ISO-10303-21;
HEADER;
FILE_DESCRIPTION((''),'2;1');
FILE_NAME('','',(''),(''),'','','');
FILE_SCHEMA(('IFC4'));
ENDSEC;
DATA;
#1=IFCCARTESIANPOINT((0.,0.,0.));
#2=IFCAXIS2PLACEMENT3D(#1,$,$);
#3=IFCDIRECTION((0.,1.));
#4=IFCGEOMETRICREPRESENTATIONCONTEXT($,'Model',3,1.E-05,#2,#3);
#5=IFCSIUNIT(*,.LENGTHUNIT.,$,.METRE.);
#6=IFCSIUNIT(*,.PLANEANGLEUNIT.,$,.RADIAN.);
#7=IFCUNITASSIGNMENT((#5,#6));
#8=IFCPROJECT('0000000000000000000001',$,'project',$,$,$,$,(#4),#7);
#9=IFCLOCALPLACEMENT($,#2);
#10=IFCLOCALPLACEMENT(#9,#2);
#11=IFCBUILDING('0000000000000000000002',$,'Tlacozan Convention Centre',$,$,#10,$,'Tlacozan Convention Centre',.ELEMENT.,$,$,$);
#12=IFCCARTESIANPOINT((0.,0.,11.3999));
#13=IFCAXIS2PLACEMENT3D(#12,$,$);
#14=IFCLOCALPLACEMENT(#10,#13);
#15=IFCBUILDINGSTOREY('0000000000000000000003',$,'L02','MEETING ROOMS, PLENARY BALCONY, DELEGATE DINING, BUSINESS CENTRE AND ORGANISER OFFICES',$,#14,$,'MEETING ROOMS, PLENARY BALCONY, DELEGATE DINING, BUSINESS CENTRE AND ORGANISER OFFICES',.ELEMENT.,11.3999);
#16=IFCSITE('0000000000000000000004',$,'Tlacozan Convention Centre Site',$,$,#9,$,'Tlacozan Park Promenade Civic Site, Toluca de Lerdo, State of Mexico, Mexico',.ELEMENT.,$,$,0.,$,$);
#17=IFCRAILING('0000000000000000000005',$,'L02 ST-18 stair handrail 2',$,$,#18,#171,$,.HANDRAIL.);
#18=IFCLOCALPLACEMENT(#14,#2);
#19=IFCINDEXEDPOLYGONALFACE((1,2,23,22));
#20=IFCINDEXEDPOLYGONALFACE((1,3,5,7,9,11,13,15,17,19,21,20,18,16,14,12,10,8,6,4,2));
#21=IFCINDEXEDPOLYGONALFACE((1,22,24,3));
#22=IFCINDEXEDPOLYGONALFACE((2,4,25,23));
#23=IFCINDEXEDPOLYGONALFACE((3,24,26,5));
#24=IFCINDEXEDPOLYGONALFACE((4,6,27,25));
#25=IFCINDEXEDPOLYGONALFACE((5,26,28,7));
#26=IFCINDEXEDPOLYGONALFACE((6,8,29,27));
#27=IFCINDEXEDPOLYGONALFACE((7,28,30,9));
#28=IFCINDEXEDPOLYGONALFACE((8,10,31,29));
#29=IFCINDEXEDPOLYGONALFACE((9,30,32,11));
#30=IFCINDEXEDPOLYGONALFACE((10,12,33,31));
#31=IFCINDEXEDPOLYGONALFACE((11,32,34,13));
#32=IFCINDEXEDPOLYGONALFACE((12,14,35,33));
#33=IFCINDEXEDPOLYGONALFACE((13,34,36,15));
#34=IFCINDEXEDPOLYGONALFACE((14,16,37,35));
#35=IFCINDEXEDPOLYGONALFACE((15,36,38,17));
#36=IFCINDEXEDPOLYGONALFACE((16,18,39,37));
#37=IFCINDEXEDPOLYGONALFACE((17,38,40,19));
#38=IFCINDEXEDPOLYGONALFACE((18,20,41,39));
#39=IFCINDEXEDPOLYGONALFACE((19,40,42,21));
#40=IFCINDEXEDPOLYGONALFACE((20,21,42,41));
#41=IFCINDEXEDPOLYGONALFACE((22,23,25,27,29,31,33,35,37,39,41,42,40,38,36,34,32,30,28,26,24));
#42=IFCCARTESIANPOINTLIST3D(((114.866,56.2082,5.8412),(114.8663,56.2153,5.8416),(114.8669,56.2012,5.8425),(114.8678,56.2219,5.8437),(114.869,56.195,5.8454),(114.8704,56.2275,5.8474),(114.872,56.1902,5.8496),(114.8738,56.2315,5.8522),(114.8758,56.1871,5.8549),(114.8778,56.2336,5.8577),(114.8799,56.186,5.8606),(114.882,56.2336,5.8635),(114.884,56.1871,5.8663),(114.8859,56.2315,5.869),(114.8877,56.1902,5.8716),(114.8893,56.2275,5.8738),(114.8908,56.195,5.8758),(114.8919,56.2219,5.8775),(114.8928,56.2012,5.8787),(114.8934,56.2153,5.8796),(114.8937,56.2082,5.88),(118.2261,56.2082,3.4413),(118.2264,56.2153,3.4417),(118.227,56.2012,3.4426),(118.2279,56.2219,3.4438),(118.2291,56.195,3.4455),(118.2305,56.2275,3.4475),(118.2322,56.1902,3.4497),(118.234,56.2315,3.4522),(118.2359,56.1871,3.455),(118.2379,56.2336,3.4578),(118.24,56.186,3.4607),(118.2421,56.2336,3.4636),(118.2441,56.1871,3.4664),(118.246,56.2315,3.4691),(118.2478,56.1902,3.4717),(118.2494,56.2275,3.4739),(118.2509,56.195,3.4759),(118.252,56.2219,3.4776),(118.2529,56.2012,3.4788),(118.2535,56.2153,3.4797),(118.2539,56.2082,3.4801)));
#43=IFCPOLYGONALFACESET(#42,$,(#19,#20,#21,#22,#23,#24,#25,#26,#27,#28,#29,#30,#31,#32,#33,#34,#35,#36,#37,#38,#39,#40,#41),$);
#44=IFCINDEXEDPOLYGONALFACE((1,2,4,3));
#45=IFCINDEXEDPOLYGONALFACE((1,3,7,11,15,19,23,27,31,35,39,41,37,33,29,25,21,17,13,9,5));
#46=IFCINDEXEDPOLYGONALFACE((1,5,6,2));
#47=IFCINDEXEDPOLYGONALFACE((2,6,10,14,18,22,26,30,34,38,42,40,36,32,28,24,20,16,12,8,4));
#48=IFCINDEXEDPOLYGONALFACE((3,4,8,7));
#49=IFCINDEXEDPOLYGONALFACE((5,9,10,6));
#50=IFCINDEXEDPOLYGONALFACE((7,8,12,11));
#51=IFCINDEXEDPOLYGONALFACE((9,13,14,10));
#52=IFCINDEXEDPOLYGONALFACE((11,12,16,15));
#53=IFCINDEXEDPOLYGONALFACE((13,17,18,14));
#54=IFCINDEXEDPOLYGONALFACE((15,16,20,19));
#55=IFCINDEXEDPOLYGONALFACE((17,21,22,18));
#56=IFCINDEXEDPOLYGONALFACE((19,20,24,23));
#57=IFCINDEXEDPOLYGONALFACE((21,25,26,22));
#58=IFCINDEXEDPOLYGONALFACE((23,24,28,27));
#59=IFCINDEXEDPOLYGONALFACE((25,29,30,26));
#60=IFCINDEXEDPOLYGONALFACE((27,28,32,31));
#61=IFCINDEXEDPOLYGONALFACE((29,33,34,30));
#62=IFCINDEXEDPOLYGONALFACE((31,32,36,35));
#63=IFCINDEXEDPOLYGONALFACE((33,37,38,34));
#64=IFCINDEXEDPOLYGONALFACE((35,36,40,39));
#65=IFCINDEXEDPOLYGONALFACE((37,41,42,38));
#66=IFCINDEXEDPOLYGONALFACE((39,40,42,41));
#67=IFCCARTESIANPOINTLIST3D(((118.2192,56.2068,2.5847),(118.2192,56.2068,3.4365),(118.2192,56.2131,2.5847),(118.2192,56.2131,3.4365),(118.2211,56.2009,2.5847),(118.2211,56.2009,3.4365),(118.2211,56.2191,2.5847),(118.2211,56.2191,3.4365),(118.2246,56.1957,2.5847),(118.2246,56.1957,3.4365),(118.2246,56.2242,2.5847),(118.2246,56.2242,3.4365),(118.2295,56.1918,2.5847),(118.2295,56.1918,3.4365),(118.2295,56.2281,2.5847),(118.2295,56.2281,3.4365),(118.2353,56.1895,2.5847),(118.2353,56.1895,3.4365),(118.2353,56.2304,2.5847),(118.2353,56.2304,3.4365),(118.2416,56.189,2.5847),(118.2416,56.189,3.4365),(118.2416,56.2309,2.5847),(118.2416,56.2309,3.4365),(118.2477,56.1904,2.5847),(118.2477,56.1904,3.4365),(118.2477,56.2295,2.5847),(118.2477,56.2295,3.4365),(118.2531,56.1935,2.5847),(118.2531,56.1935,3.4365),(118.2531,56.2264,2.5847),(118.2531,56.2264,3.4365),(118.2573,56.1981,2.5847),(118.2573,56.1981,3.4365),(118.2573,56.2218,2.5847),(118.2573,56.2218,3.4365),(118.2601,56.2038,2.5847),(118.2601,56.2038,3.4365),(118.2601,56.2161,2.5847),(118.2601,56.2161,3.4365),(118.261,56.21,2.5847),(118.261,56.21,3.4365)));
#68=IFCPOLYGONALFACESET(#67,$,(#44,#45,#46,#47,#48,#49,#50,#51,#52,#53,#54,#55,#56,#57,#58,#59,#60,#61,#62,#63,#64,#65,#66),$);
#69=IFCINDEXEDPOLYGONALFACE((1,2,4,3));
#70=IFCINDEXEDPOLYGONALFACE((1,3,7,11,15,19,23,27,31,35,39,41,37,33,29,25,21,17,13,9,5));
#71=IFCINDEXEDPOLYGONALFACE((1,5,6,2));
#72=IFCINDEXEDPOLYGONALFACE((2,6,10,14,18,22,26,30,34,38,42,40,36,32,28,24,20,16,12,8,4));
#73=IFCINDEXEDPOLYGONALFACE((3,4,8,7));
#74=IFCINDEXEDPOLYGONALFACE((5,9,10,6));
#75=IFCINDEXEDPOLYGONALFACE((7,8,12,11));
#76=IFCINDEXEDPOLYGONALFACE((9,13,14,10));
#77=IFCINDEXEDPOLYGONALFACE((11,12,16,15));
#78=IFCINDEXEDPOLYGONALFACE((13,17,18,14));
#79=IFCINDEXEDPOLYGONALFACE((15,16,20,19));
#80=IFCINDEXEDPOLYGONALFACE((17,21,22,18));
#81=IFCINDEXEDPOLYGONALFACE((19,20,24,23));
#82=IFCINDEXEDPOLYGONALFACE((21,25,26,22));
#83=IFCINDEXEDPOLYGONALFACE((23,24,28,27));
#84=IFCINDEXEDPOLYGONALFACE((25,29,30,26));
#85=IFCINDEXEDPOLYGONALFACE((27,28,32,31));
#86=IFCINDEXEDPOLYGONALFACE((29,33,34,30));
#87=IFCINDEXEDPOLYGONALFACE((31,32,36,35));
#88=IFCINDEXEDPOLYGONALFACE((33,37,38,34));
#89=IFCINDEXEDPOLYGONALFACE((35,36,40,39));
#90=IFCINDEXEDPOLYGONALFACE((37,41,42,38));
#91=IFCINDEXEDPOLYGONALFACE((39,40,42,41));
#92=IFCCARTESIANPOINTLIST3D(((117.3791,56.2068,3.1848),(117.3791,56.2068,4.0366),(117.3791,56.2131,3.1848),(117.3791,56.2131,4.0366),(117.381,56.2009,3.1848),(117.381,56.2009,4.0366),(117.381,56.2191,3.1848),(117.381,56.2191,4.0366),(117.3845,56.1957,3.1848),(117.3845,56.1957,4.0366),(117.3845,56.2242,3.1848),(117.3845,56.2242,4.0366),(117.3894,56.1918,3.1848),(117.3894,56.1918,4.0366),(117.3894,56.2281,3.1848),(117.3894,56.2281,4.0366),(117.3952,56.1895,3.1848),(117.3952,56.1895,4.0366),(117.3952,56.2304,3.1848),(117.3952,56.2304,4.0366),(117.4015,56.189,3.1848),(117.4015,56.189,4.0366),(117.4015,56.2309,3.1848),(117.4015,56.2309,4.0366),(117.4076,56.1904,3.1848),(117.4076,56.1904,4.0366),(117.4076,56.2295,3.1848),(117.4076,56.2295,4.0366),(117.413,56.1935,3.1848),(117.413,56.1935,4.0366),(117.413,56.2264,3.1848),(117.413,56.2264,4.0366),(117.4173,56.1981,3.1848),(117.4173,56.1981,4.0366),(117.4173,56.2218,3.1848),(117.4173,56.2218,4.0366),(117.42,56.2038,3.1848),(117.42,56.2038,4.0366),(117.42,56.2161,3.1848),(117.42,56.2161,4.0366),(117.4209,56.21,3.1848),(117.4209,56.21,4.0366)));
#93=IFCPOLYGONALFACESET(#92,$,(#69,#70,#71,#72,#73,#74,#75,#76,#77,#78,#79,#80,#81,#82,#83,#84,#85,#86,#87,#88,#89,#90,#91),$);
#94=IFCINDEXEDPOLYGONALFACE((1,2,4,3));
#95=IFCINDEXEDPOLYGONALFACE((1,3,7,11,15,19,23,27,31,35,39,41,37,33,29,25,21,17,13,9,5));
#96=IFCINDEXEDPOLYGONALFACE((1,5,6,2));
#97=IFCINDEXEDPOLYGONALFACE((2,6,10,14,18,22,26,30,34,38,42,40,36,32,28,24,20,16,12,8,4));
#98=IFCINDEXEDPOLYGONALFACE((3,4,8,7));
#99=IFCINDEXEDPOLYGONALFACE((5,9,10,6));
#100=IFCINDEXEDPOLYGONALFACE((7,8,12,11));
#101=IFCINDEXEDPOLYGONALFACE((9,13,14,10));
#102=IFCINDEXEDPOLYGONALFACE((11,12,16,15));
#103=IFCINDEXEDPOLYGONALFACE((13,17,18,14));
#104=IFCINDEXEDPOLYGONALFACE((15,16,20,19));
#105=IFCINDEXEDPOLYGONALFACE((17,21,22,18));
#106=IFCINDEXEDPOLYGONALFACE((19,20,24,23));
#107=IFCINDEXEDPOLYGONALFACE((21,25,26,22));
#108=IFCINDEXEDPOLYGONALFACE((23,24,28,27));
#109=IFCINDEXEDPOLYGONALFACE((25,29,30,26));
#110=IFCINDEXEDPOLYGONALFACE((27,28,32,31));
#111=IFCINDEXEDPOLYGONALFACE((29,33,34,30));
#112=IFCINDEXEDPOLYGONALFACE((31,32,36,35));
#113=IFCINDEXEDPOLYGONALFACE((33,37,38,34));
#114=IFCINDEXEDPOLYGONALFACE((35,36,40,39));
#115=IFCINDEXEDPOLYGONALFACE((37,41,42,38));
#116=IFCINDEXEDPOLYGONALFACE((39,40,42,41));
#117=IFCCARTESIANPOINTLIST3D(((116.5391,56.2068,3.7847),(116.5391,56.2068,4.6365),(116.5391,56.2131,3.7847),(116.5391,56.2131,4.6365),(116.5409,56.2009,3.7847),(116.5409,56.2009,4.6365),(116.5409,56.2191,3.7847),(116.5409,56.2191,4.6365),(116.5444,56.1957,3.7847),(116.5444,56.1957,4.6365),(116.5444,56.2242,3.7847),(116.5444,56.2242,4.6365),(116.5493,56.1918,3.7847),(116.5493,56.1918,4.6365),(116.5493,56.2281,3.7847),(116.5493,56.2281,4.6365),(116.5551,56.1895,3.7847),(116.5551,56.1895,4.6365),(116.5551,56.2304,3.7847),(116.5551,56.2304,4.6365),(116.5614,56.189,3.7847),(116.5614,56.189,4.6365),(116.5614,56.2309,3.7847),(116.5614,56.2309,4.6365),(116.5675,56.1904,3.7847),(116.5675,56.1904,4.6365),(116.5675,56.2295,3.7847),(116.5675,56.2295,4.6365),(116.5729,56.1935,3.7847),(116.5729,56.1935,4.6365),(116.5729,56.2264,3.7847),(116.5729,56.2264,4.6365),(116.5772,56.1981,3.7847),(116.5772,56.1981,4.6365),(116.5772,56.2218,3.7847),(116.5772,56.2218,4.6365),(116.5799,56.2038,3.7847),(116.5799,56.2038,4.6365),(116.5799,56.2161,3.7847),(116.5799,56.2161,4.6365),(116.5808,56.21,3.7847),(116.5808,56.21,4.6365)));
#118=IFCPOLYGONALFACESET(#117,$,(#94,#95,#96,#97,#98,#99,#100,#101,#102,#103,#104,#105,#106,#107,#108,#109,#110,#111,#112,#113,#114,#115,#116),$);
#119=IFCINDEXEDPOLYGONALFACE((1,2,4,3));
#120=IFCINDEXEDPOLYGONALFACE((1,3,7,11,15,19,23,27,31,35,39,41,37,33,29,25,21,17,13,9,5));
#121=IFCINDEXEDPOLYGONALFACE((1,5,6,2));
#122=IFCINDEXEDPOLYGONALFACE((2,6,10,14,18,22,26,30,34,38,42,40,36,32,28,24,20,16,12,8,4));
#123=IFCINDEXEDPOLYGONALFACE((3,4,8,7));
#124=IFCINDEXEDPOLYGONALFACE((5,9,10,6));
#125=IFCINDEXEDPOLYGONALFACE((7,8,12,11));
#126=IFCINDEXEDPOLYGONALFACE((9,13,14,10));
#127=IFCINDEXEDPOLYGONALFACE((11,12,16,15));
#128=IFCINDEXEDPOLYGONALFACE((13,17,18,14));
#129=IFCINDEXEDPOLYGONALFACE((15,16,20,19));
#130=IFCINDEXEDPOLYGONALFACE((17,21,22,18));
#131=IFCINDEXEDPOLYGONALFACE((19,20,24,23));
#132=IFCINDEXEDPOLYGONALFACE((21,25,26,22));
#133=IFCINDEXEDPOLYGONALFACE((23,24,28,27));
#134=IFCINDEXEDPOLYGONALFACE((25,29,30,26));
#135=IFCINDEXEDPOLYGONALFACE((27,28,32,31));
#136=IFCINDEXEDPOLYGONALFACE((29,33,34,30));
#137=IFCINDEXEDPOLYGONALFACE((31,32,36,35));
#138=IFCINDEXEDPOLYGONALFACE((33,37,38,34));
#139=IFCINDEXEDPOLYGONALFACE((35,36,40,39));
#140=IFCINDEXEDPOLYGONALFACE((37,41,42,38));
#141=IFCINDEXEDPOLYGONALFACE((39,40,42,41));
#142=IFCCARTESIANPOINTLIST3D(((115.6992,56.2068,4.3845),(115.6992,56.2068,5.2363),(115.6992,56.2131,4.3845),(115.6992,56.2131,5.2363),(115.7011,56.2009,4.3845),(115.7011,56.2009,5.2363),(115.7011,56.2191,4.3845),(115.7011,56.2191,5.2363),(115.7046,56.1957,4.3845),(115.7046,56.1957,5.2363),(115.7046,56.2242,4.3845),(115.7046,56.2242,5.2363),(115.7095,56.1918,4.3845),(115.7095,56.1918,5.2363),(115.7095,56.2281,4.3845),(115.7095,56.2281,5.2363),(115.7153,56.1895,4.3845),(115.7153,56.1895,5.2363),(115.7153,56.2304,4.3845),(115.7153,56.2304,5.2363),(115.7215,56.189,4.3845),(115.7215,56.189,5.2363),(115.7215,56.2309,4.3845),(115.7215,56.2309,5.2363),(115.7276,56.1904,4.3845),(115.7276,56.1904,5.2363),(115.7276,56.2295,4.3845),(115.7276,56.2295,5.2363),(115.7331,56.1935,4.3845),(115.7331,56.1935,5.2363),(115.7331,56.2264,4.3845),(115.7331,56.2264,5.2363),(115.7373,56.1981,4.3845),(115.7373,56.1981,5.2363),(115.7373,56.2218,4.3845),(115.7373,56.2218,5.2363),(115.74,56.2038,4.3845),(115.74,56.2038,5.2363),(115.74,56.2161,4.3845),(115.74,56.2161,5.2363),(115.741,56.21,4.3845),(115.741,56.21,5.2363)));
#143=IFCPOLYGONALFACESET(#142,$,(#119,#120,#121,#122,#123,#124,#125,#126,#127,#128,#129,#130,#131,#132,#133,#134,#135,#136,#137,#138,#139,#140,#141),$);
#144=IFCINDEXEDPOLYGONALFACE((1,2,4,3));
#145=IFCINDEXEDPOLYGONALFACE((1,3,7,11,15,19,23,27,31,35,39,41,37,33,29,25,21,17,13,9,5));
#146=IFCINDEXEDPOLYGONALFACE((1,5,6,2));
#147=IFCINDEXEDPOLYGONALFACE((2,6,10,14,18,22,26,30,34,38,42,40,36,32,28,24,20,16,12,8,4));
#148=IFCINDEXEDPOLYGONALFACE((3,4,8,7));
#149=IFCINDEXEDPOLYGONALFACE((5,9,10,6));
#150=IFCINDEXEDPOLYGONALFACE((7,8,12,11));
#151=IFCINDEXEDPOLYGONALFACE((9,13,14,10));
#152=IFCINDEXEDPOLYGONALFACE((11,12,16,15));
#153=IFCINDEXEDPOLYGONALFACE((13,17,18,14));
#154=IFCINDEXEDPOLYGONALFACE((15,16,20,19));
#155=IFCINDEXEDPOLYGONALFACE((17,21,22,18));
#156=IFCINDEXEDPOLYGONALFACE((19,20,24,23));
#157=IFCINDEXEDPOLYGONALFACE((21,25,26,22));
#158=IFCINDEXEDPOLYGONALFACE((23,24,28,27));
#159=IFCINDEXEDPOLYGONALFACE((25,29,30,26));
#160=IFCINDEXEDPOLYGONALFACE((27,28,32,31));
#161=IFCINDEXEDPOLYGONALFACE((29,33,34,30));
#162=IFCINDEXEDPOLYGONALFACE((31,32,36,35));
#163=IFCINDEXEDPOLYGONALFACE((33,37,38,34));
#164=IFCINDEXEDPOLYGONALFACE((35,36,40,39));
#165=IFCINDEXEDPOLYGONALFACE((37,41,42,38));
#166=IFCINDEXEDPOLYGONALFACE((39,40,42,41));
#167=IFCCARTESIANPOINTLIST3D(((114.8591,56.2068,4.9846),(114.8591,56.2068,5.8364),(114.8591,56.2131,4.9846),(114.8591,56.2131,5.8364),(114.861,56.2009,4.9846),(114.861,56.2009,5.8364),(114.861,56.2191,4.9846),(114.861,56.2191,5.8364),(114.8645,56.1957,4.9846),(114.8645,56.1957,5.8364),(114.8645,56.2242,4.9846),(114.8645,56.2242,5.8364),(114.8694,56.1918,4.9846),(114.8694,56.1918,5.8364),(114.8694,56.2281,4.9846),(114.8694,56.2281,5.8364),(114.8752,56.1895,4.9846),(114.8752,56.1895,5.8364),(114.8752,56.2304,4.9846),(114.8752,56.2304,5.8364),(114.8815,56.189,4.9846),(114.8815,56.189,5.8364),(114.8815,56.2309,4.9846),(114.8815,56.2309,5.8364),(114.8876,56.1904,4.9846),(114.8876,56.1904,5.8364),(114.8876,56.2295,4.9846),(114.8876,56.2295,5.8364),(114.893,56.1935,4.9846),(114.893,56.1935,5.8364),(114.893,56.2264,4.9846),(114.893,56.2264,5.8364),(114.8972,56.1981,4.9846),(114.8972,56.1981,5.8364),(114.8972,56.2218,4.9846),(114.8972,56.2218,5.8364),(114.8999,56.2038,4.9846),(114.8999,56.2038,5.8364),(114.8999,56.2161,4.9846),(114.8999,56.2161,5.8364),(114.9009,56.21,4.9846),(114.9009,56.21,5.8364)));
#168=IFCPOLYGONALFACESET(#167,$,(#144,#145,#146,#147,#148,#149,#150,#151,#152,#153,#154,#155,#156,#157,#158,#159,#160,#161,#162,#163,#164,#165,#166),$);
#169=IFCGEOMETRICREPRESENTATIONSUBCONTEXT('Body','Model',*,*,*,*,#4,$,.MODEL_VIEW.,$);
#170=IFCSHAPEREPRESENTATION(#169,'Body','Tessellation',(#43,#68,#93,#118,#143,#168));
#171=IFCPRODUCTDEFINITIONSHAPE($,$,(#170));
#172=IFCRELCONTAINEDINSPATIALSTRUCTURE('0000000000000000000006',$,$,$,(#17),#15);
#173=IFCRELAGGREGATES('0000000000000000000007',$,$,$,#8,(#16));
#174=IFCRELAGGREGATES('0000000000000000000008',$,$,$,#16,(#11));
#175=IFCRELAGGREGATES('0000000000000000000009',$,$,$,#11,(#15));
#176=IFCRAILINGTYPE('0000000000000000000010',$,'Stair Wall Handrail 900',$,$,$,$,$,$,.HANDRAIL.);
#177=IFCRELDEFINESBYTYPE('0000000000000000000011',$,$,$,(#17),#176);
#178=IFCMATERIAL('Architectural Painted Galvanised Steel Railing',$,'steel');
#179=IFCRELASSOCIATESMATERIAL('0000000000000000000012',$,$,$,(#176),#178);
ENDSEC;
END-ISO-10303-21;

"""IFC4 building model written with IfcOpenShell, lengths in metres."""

from ifc_helpers import new_model, si_unit, direction, frame, origin, origin_2d, place, context, subcontext, project, spatial, circle, extrude, material, type_object, element, save


model = new_model("IFC4")

# Units and contexts
model_context = context("Model", 3, precision=1e-05, world=origin(), true_north=direction((0.0, 1.0)))
body_context = subcontext(model_context, "Body", "Model", "MODEL_VIEW")
ifc_project = project(units=[si_unit("LENGTHUNIT", "METRE"), si_unit("PLANEANGLEUNIT", "RADIAN")], contexts=[model_context])

# Site, building, storey
site_placement = place(None, origin())
site = spatial("IfcSite", under=ifc_project, at=site_placement, Name="Tlacozan Convention Centre Site", LongName="Tlacozan Park Promenade Civic Site, Toluca de Lerdo, State of Mexico, Mexico", CompositionType="ELEMENT", RefElevation=0.0)
building_placement = place(site_placement, origin())
building = spatial("IfcBuilding", under=site, at=building_placement, Name="Tlacozan Convention Centre", LongName="Tlacozan Convention Centre", CompositionType="ELEMENT")
storey_placement = place(building_placement, frame((0.0, 0.0, 11.3999)))
storey = spatial("IfcBuildingStorey", under=building, at=storey_placement, Name="L02", Description="MEETING ROOMS, PLENARY BALCONY, DELEGATE DINING, BUSINESS CENTRE AND ORGANISER OFFICES", LongName="MEETING ROOMS, PLENARY BALCONY, DELEGATE DINING, BUSINESS CENTRE AND ORGANISER OFFICES", CompositionType="ELEMENT", Elevation=11.3999)

# Railing
ifc_material_1 = material(Name="Architectural Painted Galvanised Steel Railing", Category="steel")
railing_type_1 = type_object("IfcRailingType", Name="Stair Wall Handrail 900", PredefinedType="HANDRAIL", material=ifc_material_1)
railing_1_placement = place(storey_placement, frame((118.24, 56.21, 2.5847)))
element("IfcRailing", 1, at=railing_1_placement, inside=storey, type_object=railing_type_1, Name="L02 ST-18 stair handrail 2", PredefinedType="HANDRAIL", context=body_context, shape_type="SweptSolid", body=[
    extrude(circle(Radius=0.0239, at=origin_2d()), frame((0.0, 0.0, 0.876), z_axis=(-0.813753, 0.0, 0.58121), x_axis=(0.0, -1.0, 0.0)), (0.0, 0.0, 1.0), 4.1292),
    extrude(circle(Radius=0.021, at=origin_2d()), origin(), (0.0, 0.0, 1.0), 0.8518),
    extrude(circle(Radius=0.021, at=origin_2d()), frame((-0.8401, 0.0, 0.6001)), (0.0, 0.0, 1.0), 0.8518),
    extrude(circle(Radius=0.021, at=origin_2d()), frame((-1.6802, 0.0, 1.2)), (0.0, 0.0, 1.0), 0.8518),
    extrude(circle(Radius=0.021, at=origin_2d()), frame((-2.52, 0.0, 1.7998)), (0.0, 0.0, 1.0), 0.8518),
    extrude(circle(Radius=0.021, at=origin_2d()), frame((-3.3601, 0.0, 2.3999)), (0.0, 0.0, 1.0), 0.8518),
])

save(model, "model.ifc")
